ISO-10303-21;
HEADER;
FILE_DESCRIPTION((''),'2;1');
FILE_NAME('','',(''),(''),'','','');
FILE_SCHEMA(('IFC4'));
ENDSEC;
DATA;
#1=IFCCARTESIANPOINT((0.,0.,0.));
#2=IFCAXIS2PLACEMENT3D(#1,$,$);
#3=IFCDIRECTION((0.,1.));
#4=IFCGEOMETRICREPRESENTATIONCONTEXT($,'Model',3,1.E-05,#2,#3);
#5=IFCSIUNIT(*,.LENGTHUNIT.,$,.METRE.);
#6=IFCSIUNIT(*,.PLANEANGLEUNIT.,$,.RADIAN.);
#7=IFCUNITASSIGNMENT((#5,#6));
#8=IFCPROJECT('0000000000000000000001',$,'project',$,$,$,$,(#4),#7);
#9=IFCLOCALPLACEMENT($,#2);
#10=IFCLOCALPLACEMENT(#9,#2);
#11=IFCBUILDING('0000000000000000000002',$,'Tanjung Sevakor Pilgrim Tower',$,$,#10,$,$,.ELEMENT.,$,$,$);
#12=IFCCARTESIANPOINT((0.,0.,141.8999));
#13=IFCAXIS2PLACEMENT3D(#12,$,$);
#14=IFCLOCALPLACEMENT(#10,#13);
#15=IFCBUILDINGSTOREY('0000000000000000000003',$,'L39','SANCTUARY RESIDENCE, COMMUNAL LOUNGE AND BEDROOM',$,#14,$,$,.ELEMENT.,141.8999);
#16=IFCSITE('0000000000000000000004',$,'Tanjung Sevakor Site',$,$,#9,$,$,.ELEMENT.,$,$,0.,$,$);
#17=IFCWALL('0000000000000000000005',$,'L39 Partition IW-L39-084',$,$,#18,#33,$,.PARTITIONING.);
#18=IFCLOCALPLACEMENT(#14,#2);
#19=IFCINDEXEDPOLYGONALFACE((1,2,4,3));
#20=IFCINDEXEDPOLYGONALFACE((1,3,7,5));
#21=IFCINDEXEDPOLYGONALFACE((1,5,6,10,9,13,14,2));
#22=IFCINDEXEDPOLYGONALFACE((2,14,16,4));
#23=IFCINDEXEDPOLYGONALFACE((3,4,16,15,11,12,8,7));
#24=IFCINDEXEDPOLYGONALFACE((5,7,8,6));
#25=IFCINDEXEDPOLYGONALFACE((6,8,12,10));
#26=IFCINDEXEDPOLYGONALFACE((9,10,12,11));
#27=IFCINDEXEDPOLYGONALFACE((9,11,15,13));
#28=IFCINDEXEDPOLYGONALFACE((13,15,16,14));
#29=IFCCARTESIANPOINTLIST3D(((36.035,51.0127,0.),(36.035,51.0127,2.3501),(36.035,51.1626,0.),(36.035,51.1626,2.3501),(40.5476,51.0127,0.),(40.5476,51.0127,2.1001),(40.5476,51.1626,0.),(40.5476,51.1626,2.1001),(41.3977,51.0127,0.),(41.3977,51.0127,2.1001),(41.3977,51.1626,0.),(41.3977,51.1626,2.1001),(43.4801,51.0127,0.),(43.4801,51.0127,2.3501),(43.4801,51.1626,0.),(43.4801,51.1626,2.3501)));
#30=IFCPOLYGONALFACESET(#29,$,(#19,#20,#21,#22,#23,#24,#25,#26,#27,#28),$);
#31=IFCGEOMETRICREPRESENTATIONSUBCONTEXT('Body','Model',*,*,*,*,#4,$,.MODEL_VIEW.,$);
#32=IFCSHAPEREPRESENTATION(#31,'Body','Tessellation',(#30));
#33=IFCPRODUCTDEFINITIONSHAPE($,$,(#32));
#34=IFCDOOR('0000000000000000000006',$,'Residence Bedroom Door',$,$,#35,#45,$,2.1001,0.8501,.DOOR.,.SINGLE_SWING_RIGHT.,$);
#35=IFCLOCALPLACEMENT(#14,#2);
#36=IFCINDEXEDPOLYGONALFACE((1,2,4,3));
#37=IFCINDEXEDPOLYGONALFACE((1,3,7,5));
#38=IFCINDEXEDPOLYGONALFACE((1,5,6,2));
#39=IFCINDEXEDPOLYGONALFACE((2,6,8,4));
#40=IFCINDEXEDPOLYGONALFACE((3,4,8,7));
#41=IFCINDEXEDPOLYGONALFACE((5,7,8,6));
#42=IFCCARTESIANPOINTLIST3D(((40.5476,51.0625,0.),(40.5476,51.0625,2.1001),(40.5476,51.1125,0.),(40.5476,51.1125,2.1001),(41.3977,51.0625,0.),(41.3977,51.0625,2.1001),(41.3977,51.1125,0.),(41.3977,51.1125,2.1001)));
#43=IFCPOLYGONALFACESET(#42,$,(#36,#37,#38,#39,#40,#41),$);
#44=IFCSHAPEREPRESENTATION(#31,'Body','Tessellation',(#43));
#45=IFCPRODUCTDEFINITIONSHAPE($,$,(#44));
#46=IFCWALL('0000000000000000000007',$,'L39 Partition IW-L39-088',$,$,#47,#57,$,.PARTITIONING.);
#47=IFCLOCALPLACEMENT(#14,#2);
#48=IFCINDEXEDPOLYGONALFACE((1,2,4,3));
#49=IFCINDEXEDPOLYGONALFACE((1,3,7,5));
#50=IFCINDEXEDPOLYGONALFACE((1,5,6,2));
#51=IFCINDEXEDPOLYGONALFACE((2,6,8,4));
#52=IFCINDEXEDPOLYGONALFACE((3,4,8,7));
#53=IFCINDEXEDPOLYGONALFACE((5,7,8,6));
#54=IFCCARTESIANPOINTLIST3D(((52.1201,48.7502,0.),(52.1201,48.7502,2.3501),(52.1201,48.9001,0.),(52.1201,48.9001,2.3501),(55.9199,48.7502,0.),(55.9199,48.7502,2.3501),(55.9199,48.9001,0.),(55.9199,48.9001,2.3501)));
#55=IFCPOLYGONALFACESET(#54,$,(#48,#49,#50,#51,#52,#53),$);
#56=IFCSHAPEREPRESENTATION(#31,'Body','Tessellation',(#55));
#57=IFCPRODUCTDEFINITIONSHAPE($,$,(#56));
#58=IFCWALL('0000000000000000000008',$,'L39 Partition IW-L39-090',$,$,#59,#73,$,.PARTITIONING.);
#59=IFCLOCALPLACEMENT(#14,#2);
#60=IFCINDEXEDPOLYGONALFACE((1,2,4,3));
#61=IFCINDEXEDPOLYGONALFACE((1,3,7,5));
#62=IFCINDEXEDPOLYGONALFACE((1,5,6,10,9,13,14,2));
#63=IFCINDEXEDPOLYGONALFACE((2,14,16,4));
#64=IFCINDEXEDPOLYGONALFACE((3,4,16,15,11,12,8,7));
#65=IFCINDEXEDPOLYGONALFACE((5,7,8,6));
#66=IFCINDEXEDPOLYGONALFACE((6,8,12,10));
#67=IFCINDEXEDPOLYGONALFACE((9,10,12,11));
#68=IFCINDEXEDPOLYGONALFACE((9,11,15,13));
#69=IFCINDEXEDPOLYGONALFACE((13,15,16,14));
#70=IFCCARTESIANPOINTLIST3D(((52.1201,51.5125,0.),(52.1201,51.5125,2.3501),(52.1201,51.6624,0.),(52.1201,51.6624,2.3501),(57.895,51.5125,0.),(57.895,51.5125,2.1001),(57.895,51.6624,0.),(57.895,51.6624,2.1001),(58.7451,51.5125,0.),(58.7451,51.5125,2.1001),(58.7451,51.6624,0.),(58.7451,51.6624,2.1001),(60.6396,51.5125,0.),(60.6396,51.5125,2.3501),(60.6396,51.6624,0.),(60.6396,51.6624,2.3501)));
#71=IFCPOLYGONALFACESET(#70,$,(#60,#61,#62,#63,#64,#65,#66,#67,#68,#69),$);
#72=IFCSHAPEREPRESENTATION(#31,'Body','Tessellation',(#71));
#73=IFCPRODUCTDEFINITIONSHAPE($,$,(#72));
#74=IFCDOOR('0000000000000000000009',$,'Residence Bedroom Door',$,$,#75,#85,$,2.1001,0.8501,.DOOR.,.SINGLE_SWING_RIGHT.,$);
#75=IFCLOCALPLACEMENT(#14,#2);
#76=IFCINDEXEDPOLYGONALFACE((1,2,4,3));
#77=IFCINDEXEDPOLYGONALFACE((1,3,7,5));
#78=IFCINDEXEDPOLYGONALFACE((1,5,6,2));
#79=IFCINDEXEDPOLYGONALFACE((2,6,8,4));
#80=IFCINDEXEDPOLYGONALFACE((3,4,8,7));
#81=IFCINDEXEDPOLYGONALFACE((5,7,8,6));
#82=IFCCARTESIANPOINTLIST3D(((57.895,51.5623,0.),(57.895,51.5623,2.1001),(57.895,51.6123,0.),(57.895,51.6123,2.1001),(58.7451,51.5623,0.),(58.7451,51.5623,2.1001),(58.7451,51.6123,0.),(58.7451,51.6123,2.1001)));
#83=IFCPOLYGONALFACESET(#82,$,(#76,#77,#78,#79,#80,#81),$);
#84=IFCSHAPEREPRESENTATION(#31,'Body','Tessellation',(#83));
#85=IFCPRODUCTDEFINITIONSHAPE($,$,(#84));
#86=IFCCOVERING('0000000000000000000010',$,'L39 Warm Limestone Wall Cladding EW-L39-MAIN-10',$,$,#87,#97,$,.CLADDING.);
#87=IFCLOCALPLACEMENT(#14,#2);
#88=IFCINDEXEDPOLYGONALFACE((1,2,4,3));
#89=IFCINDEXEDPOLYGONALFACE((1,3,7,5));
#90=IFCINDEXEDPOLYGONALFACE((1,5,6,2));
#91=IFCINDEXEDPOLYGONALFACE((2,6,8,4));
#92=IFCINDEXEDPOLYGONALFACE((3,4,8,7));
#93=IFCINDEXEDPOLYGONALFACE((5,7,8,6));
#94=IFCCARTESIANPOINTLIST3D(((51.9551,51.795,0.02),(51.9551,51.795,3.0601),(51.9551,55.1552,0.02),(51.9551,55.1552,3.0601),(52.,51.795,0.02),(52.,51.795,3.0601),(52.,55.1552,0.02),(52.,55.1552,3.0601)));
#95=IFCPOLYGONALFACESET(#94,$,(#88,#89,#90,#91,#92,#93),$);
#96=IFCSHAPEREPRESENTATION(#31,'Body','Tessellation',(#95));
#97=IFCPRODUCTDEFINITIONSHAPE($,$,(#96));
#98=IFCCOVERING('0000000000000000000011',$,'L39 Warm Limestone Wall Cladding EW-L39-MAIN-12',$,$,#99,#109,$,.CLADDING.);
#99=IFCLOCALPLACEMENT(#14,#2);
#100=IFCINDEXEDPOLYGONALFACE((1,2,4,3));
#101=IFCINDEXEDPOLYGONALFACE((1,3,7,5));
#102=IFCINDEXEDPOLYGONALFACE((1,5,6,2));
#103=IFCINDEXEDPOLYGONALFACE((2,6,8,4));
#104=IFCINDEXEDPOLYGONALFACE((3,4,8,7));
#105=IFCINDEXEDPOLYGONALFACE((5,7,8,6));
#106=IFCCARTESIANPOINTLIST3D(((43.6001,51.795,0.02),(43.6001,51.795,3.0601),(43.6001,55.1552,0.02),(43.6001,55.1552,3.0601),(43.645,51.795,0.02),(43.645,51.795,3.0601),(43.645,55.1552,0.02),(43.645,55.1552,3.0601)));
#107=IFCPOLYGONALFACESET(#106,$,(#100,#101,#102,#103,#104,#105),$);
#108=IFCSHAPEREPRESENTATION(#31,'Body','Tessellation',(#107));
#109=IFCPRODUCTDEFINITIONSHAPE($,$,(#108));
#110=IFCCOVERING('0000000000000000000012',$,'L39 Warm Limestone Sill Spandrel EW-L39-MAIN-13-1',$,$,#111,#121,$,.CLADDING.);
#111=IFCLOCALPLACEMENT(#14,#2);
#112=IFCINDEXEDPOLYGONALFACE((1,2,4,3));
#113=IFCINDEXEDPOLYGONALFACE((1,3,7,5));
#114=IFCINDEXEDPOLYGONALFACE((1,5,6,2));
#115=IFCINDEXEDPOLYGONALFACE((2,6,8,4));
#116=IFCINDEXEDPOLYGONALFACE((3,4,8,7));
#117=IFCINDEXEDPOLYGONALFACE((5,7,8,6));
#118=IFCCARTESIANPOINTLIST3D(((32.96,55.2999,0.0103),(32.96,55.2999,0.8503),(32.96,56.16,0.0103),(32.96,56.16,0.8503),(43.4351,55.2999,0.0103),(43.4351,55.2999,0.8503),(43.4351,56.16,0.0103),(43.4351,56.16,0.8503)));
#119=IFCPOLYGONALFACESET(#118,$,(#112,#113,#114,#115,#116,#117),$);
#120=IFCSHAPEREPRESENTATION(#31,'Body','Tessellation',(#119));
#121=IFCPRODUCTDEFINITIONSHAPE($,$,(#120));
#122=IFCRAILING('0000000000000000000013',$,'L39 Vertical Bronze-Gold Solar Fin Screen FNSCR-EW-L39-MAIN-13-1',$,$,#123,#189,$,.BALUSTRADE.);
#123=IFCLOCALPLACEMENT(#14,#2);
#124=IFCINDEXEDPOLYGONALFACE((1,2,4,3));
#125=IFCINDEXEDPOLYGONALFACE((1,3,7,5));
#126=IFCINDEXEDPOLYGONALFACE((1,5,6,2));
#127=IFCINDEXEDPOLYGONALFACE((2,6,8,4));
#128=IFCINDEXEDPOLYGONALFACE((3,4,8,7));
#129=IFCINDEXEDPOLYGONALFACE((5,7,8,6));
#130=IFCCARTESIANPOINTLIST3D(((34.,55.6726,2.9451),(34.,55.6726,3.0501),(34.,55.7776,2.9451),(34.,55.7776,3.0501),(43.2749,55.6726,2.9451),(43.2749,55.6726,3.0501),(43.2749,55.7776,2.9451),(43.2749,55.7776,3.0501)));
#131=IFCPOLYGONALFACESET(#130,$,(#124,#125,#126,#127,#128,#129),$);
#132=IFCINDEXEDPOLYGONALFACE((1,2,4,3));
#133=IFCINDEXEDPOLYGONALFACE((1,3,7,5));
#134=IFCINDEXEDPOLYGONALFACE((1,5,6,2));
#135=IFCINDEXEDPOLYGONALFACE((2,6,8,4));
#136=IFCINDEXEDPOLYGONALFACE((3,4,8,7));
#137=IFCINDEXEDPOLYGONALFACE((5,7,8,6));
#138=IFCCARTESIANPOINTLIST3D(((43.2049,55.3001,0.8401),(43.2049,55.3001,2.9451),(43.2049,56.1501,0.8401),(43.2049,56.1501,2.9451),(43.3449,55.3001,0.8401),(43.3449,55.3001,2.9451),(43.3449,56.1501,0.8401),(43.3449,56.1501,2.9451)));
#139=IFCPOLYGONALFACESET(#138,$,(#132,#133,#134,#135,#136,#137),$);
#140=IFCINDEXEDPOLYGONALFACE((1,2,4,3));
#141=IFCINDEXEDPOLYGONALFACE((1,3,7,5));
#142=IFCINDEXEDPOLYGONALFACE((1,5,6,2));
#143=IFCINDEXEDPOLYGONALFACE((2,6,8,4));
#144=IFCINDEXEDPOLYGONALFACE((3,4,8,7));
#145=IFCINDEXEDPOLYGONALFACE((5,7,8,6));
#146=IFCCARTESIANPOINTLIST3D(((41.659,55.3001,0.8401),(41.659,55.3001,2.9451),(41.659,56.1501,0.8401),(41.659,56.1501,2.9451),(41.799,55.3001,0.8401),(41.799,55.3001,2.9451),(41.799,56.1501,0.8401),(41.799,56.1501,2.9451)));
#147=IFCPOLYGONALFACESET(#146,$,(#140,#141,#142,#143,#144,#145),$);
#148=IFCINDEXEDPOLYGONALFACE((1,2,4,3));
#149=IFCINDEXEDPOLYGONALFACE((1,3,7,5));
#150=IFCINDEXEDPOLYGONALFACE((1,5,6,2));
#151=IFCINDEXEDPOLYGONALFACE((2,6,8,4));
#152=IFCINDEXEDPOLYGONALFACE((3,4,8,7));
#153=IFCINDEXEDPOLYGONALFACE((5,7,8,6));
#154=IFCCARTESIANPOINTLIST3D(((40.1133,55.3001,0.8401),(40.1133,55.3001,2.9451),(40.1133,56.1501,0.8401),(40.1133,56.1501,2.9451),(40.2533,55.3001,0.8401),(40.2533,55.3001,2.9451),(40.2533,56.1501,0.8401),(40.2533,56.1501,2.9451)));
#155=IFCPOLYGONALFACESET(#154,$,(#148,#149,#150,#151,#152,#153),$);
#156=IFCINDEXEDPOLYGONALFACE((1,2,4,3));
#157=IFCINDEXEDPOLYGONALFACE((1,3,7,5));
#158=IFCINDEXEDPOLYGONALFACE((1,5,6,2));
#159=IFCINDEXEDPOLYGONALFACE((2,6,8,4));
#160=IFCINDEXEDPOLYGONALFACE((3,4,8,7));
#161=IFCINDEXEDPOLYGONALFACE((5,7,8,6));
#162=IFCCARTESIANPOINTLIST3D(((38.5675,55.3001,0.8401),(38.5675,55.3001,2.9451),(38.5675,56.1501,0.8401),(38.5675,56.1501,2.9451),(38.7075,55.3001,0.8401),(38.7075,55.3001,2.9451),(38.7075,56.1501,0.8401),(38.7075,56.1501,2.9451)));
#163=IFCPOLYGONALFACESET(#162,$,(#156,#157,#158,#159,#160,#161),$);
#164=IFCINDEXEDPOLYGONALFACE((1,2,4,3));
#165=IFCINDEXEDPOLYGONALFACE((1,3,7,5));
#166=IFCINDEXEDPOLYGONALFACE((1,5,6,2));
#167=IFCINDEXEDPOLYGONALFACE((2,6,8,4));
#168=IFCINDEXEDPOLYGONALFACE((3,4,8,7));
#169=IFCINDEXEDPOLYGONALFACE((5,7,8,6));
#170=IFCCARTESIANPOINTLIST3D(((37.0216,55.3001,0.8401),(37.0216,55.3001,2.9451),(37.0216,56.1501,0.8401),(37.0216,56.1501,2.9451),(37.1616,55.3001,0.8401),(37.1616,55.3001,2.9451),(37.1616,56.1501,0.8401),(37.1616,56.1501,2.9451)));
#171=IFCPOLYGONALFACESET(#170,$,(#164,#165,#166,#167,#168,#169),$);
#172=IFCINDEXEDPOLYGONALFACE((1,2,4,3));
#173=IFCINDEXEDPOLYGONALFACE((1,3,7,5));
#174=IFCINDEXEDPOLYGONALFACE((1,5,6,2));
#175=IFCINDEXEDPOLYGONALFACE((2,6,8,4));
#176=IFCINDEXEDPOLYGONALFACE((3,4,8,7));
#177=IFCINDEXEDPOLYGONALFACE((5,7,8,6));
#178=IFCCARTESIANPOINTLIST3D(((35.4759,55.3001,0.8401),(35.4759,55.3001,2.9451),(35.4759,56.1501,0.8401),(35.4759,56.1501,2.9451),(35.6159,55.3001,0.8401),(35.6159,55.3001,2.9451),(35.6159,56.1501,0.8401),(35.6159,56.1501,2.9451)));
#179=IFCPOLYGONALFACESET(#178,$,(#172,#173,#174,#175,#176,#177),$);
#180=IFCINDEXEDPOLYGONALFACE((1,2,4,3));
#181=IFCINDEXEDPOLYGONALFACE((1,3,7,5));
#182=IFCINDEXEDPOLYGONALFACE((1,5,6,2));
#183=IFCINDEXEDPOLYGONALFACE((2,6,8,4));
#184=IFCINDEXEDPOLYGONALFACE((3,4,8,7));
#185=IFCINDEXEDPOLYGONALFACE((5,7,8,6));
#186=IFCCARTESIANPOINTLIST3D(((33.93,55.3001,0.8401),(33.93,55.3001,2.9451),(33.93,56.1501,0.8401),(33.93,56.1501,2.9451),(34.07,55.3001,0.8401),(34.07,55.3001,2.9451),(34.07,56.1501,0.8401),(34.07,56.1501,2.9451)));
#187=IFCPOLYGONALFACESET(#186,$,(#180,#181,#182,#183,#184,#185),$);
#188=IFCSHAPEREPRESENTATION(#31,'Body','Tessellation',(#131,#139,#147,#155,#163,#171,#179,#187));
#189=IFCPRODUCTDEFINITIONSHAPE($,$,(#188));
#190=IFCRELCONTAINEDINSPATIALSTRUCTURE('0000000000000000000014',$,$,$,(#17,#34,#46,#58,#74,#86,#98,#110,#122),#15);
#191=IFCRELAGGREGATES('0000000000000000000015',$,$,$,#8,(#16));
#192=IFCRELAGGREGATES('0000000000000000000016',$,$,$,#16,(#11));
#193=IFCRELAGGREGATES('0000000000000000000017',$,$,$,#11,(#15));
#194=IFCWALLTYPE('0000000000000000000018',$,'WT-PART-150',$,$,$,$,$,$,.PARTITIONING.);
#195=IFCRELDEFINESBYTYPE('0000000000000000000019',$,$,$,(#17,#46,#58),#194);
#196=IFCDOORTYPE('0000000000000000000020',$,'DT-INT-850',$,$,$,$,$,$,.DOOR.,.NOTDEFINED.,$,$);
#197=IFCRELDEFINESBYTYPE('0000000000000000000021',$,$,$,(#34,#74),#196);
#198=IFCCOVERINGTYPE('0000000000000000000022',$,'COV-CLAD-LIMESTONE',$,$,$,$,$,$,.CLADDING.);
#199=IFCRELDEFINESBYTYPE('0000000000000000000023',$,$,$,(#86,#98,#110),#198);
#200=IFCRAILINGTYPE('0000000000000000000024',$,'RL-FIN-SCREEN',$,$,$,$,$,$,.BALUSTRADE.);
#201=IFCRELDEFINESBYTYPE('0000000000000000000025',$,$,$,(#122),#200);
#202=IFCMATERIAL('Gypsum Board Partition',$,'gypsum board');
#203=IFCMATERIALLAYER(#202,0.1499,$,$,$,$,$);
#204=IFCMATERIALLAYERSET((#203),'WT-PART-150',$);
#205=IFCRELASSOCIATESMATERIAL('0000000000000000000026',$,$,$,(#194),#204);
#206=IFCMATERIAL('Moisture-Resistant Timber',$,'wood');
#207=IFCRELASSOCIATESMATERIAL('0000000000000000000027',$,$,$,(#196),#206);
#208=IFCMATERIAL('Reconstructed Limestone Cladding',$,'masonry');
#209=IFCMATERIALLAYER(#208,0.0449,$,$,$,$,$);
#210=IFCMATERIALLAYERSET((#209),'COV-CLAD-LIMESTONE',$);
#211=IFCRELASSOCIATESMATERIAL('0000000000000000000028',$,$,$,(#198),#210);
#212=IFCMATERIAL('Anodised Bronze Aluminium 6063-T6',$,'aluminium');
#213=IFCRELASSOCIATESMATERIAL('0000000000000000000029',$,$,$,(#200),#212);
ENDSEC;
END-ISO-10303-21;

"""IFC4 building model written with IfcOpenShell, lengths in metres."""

from ifc_helpers import new_model, si_unit, direction, frame, frame_2d, origin, origin_2d, place, context, subcontext, project, spatial, rectangle, extrude, material, layer, layer_set, type_object, element, fill, save


model = new_model("IFC4")

# Units and contexts
model_context = context("Model", 3, precision=1e-05, world=origin(), true_north=direction((0.0, 1.0)))
body_context = subcontext(model_context, "Body", "Model", "MODEL_VIEW")
ifc_project = project(units=[si_unit("LENGTHUNIT", "METRE"), si_unit("PLANEANGLEUNIT", "RADIAN")], contexts=[model_context])

# Site, building, storey
site_placement = place(None, origin())
site = spatial("IfcSite", under=ifc_project, at=site_placement, Name="Tanjung Sevakor Site", CompositionType="ELEMENT", RefElevation=0.0)
building_placement = place(site_placement, origin())
building = spatial("IfcBuilding", under=site, at=building_placement, Name="Tanjung Sevakor Pilgrim Tower", CompositionType="ELEMENT")
storey_placement = place(building_placement, frame((0.0, 0.0, 141.8999)))
storey = spatial("IfcBuildingStorey", under=building, at=storey_placement, Name="L39", Description="SANCTUARY RESIDENCE, COMMUNAL LOUNGE AND BEDROOM", CompositionType="ELEMENT", Elevation=141.8999)

# Shared definitions
ifc_material_1 = material(Name="Gypsum Board Partition", Category="gypsum board")
ifc_layer_1 = layer(ifc_material_1, 0.1499)
ifc_layer_set_1 = layer_set([ifc_layer_1], Name="WT-PART-150")
wall_type_1 = type_object("IfcWallType", Name="WT-PART-150", PredefinedType="PARTITIONING", material=ifc_layer_set_1)

# Wall, opening, door
wall_1_placement = place(storey_placement, frame((36.0349, 51.0876, 0.0), z_axis=(0.0, 0.0, 1.0), x_axis=(1.0, 0.0, 0.0)))
wall_1 = element("IfcWall", 1, at=wall_1_placement, inside=storey, type_object=wall_type_1, Name="L39 Partition IW-L39-084", PredefinedType="PARTITIONING", context=body_context, shape_type="SweptSolid", body=[
    extrude(rectangle(XDim=7.4451, YDim=0.1499, at=frame_2d((3.7227, 0.0))), origin(), (0.0, 0.0, 1.0), 2.3501),
])
opening_1_placement = place(wall_1_placement, frame((4.5127, 0.0, 0.0)))
opening_1 = element("IfcOpeningElement", 2, at=opening_1_placement, cuts=wall_1, PredefinedType="OPENING", context=body_context, shape_type="SweptSolid", body=[
    extrude(rectangle(XDim=0.8501, YDim=2.1001, at=frame_2d((0.425, 1.05))), frame((0.0, 0.085, 0.0), z_axis=(0.0, -1.0, 0.0), x_axis=(1.0, 0.0, 0.0)), (0.0, 0.0, 1.0), 0.1699),
])
ifc_material_2 = material(Name="Moisture-Resistant Timber", Category="wood")
door_type_1 = type_object("IfcDoorType", Name="DT-INT-850", OperationType="NOTDEFINED", PredefinedType="DOOR", material=ifc_material_2)
door_1_placement = place(opening_1_placement, origin())
door_1 = element("IfcDoor", 3, at=door_1_placement, inside=storey, type_object=door_type_1, Name="Residence Bedroom Door", OperationType="SINGLE_SWING_RIGHT", OverallHeight=2.1001, OverallWidth=0.8501, PredefinedType="DOOR", context=body_context, shape_type="SweptSolid", body=[
    extrude(rectangle(XDim=0.8501, YDim=2.1001, at=frame_2d((0.425, 1.05))), frame((0.0, 0.0249, 0.0), z_axis=(0.0, -1.0, 0.0), x_axis=(1.0, 0.0, 0.0)), (0.0, 0.0, 1.0), 0.05),
])
fill(opening_1, door_1)

# Wall
wall_2_placement = place(storey_placement, frame((52.1201, 48.8252, 0.0), z_axis=(0.0, 0.0, 1.0), x_axis=(1.0, 0.0, 0.0)))
element("IfcWall", 4, at=wall_2_placement, inside=storey, type_object=wall_type_1, Name="L39 Partition IW-L39-088", PredefinedType="PARTITIONING", context=body_context, shape_type="SweptSolid", body=[
    extrude(rectangle(XDim=3.7998, YDim=0.1499, at=frame_2d((1.8999, 0.0))), origin(), (0.0, 0.0, 1.0), 2.3501),
])

# Wall, opening, door
wall_3_placement = place(storey_placement, frame((52.1201, 51.5874, 0.0), z_axis=(0.0, 0.0, 1.0), x_axis=(1.0, 0.0, 0.0)))
wall_3 = element("IfcWall", 5, at=wall_3_placement, inside=storey, type_object=wall_type_1, Name="L39 Partition IW-L39-090", PredefinedType="PARTITIONING", context=body_context, shape_type="SweptSolid", body=[
    extrude(rectangle(XDim=8.5195, YDim=0.1499, at=frame_2d((4.2598, 0.0))), origin(), (0.0, 0.0, 1.0), 2.3501),
])
opening_2_placement = place(wall_3_placement, frame((5.7749, 0.0, 0.0)))
opening_2 = element("IfcOpeningElement", 6, at=opening_2_placement, cuts=wall_3, PredefinedType="OPENING", context=body_context, shape_type="SweptSolid", body=[
    extrude(rectangle(XDim=0.8501, YDim=2.1001, at=frame_2d((0.425, 1.05))), frame((0.0, 0.085, 0.0), z_axis=(0.0, -1.0, 0.0), x_axis=(1.0, 0.0, 0.0)), (0.0, 0.0, 1.0), 0.1699),
])
door_2_placement = place(opening_2_placement, origin())
door_2 = element("IfcDoor", 7, at=door_2_placement, inside=storey, type_object=door_type_1, Name="Residence Bedroom Door", OperationType="SINGLE_SWING_RIGHT", OverallHeight=2.1001, OverallWidth=0.8501, PredefinedType="DOOR", context=body_context, shape_type="SweptSolid", body=[
    extrude(rectangle(XDim=0.8501, YDim=2.1001, at=frame_2d((0.425, 1.05))), frame((0.0, 0.0249, 0.0), z_axis=(0.0, -1.0, 0.0), x_axis=(1.0, 0.0, 0.0)), (0.0, 0.0, 1.0), 0.05),
])
fill(opening_2, door_2)

# Coverings
ifc_material_3 = material(Name="Reconstructed Limestone Cladding", Category="masonry")
ifc_layer_2 = layer(ifc_material_3, 0.0449)
ifc_layer_set_2 = layer_set([ifc_layer_2], Name="COV-CLAD-LIMESTONE")
covering_type = type_object("IfcCoveringType", Name="COV-CLAD-LIMESTONE", PredefinedType="CLADDING", material=ifc_layer_set_2)
for number, where, z_axis, x_axis, name in (
    (8, (51.9775, 53.4751, 0.02), (0.0, 0.0, 1.0), (0.0, -1.0, 0.0), "L39 Warm Limestone Wall Cladding EW-L39-MAIN-10"),
    (9, (43.6226, 53.4751, 0.02), (0.0, 0.0, 1.0), (0.0, 1.0, 0.0), "L39 Warm Limestone Wall Cladding EW-L39-MAIN-12"),
):
    element("IfcCovering", number, at=place(storey_placement, frame(where, z_axis=z_axis, x_axis=x_axis)), inside=storey, type_object=covering_type, Name=name, PredefinedType="CLADDING", context=body_context, shape_type="SweptSolid", body=[
        extrude(rectangle(XDim=3.3601, YDim=0.0449, at=origin_2d()), origin(), (0.0, 0.0, 1.0), 3.04),
    ])
covering_placement = place(storey_placement, frame((38.1975, 55.73, 0.0103), z_axis=(0.0, 0.0, 1.0), x_axis=(-1.0, 0.0, 0.0)))
element("IfcCovering", 10, at=covering_placement, inside=storey, type_object=covering_type, Name="L39 Warm Limestone Sill Spandrel EW-L39-MAIN-13-1", PredefinedType="CLADDING", context=body_context, shape_type="SweptSolid", body=[
    extrude(rectangle(XDim=10.4751, YDim=0.8601, at=origin_2d()), origin(), (0.0, 0.0, 1.0), 0.8401),
])

# Railing
ifc_material_4 = material(Name="Anodised Bronze Aluminium 6063-T6", Category="aluminium")
railing_type = type_object("IfcRailingType", Name="RL-FIN-SCREEN", PredefinedType="BALUSTRADE", material=ifc_material_4)
railing_placement = place(storey_placement, frame((43.2749, 55.7251, 0.8401)))
element("IfcRailing", 11, at=railing_placement, inside=storey, type_object=railing_type, Name="L39 Vertical Bronze-Gold Solar Fin Screen FNSCR-EW-L39-MAIN-13-1", PredefinedType="BALUSTRADE", context=body_context, shape_type="SweptSolid", body=[
    extrude(rectangle(XDim=0.105, YDim=0.105), frame((0.0, 0.0, 2.1575), z_axis=(-1.0, 0.0, 0.0), x_axis=(0.0, -1.0, 0.0)), (0.0, 0.0, 1.0), 9.2749),
    extrude(rectangle(XDim=0.14, YDim=0.85), origin(), (0.0, 0.0, 1.0), 2.105),
    extrude(rectangle(XDim=0.14, YDim=0.85), frame((-1.5459, 0.0, 0.0)), (0.0, 0.0, 1.0), 2.105),
    extrude(rectangle(XDim=0.14, YDim=0.85), frame((-3.0916, 0.0, 0.0)), (0.0, 0.0, 1.0), 2.105),
    extrude(rectangle(XDim=0.14, YDim=0.85), frame((-4.6375, 0.0, 0.0)), (0.0, 0.0, 1.0), 2.105),
    extrude(rectangle(XDim=0.14, YDim=0.85), frame((-6.1833, 0.0, 0.0)), (0.0, 0.0, 1.0), 2.105),
    extrude(rectangle(XDim=0.14, YDim=0.85), frame((-7.729, 0.0, 0.0)), (0.0, 0.0, 1.0), 2.105),
    extrude(rectangle(XDim=0.14, YDim=0.85), frame((-9.2749, 0.0, 0.0)), (0.0, 0.0, 1.0), 2.105),
])

save(model, "model.ifc")
